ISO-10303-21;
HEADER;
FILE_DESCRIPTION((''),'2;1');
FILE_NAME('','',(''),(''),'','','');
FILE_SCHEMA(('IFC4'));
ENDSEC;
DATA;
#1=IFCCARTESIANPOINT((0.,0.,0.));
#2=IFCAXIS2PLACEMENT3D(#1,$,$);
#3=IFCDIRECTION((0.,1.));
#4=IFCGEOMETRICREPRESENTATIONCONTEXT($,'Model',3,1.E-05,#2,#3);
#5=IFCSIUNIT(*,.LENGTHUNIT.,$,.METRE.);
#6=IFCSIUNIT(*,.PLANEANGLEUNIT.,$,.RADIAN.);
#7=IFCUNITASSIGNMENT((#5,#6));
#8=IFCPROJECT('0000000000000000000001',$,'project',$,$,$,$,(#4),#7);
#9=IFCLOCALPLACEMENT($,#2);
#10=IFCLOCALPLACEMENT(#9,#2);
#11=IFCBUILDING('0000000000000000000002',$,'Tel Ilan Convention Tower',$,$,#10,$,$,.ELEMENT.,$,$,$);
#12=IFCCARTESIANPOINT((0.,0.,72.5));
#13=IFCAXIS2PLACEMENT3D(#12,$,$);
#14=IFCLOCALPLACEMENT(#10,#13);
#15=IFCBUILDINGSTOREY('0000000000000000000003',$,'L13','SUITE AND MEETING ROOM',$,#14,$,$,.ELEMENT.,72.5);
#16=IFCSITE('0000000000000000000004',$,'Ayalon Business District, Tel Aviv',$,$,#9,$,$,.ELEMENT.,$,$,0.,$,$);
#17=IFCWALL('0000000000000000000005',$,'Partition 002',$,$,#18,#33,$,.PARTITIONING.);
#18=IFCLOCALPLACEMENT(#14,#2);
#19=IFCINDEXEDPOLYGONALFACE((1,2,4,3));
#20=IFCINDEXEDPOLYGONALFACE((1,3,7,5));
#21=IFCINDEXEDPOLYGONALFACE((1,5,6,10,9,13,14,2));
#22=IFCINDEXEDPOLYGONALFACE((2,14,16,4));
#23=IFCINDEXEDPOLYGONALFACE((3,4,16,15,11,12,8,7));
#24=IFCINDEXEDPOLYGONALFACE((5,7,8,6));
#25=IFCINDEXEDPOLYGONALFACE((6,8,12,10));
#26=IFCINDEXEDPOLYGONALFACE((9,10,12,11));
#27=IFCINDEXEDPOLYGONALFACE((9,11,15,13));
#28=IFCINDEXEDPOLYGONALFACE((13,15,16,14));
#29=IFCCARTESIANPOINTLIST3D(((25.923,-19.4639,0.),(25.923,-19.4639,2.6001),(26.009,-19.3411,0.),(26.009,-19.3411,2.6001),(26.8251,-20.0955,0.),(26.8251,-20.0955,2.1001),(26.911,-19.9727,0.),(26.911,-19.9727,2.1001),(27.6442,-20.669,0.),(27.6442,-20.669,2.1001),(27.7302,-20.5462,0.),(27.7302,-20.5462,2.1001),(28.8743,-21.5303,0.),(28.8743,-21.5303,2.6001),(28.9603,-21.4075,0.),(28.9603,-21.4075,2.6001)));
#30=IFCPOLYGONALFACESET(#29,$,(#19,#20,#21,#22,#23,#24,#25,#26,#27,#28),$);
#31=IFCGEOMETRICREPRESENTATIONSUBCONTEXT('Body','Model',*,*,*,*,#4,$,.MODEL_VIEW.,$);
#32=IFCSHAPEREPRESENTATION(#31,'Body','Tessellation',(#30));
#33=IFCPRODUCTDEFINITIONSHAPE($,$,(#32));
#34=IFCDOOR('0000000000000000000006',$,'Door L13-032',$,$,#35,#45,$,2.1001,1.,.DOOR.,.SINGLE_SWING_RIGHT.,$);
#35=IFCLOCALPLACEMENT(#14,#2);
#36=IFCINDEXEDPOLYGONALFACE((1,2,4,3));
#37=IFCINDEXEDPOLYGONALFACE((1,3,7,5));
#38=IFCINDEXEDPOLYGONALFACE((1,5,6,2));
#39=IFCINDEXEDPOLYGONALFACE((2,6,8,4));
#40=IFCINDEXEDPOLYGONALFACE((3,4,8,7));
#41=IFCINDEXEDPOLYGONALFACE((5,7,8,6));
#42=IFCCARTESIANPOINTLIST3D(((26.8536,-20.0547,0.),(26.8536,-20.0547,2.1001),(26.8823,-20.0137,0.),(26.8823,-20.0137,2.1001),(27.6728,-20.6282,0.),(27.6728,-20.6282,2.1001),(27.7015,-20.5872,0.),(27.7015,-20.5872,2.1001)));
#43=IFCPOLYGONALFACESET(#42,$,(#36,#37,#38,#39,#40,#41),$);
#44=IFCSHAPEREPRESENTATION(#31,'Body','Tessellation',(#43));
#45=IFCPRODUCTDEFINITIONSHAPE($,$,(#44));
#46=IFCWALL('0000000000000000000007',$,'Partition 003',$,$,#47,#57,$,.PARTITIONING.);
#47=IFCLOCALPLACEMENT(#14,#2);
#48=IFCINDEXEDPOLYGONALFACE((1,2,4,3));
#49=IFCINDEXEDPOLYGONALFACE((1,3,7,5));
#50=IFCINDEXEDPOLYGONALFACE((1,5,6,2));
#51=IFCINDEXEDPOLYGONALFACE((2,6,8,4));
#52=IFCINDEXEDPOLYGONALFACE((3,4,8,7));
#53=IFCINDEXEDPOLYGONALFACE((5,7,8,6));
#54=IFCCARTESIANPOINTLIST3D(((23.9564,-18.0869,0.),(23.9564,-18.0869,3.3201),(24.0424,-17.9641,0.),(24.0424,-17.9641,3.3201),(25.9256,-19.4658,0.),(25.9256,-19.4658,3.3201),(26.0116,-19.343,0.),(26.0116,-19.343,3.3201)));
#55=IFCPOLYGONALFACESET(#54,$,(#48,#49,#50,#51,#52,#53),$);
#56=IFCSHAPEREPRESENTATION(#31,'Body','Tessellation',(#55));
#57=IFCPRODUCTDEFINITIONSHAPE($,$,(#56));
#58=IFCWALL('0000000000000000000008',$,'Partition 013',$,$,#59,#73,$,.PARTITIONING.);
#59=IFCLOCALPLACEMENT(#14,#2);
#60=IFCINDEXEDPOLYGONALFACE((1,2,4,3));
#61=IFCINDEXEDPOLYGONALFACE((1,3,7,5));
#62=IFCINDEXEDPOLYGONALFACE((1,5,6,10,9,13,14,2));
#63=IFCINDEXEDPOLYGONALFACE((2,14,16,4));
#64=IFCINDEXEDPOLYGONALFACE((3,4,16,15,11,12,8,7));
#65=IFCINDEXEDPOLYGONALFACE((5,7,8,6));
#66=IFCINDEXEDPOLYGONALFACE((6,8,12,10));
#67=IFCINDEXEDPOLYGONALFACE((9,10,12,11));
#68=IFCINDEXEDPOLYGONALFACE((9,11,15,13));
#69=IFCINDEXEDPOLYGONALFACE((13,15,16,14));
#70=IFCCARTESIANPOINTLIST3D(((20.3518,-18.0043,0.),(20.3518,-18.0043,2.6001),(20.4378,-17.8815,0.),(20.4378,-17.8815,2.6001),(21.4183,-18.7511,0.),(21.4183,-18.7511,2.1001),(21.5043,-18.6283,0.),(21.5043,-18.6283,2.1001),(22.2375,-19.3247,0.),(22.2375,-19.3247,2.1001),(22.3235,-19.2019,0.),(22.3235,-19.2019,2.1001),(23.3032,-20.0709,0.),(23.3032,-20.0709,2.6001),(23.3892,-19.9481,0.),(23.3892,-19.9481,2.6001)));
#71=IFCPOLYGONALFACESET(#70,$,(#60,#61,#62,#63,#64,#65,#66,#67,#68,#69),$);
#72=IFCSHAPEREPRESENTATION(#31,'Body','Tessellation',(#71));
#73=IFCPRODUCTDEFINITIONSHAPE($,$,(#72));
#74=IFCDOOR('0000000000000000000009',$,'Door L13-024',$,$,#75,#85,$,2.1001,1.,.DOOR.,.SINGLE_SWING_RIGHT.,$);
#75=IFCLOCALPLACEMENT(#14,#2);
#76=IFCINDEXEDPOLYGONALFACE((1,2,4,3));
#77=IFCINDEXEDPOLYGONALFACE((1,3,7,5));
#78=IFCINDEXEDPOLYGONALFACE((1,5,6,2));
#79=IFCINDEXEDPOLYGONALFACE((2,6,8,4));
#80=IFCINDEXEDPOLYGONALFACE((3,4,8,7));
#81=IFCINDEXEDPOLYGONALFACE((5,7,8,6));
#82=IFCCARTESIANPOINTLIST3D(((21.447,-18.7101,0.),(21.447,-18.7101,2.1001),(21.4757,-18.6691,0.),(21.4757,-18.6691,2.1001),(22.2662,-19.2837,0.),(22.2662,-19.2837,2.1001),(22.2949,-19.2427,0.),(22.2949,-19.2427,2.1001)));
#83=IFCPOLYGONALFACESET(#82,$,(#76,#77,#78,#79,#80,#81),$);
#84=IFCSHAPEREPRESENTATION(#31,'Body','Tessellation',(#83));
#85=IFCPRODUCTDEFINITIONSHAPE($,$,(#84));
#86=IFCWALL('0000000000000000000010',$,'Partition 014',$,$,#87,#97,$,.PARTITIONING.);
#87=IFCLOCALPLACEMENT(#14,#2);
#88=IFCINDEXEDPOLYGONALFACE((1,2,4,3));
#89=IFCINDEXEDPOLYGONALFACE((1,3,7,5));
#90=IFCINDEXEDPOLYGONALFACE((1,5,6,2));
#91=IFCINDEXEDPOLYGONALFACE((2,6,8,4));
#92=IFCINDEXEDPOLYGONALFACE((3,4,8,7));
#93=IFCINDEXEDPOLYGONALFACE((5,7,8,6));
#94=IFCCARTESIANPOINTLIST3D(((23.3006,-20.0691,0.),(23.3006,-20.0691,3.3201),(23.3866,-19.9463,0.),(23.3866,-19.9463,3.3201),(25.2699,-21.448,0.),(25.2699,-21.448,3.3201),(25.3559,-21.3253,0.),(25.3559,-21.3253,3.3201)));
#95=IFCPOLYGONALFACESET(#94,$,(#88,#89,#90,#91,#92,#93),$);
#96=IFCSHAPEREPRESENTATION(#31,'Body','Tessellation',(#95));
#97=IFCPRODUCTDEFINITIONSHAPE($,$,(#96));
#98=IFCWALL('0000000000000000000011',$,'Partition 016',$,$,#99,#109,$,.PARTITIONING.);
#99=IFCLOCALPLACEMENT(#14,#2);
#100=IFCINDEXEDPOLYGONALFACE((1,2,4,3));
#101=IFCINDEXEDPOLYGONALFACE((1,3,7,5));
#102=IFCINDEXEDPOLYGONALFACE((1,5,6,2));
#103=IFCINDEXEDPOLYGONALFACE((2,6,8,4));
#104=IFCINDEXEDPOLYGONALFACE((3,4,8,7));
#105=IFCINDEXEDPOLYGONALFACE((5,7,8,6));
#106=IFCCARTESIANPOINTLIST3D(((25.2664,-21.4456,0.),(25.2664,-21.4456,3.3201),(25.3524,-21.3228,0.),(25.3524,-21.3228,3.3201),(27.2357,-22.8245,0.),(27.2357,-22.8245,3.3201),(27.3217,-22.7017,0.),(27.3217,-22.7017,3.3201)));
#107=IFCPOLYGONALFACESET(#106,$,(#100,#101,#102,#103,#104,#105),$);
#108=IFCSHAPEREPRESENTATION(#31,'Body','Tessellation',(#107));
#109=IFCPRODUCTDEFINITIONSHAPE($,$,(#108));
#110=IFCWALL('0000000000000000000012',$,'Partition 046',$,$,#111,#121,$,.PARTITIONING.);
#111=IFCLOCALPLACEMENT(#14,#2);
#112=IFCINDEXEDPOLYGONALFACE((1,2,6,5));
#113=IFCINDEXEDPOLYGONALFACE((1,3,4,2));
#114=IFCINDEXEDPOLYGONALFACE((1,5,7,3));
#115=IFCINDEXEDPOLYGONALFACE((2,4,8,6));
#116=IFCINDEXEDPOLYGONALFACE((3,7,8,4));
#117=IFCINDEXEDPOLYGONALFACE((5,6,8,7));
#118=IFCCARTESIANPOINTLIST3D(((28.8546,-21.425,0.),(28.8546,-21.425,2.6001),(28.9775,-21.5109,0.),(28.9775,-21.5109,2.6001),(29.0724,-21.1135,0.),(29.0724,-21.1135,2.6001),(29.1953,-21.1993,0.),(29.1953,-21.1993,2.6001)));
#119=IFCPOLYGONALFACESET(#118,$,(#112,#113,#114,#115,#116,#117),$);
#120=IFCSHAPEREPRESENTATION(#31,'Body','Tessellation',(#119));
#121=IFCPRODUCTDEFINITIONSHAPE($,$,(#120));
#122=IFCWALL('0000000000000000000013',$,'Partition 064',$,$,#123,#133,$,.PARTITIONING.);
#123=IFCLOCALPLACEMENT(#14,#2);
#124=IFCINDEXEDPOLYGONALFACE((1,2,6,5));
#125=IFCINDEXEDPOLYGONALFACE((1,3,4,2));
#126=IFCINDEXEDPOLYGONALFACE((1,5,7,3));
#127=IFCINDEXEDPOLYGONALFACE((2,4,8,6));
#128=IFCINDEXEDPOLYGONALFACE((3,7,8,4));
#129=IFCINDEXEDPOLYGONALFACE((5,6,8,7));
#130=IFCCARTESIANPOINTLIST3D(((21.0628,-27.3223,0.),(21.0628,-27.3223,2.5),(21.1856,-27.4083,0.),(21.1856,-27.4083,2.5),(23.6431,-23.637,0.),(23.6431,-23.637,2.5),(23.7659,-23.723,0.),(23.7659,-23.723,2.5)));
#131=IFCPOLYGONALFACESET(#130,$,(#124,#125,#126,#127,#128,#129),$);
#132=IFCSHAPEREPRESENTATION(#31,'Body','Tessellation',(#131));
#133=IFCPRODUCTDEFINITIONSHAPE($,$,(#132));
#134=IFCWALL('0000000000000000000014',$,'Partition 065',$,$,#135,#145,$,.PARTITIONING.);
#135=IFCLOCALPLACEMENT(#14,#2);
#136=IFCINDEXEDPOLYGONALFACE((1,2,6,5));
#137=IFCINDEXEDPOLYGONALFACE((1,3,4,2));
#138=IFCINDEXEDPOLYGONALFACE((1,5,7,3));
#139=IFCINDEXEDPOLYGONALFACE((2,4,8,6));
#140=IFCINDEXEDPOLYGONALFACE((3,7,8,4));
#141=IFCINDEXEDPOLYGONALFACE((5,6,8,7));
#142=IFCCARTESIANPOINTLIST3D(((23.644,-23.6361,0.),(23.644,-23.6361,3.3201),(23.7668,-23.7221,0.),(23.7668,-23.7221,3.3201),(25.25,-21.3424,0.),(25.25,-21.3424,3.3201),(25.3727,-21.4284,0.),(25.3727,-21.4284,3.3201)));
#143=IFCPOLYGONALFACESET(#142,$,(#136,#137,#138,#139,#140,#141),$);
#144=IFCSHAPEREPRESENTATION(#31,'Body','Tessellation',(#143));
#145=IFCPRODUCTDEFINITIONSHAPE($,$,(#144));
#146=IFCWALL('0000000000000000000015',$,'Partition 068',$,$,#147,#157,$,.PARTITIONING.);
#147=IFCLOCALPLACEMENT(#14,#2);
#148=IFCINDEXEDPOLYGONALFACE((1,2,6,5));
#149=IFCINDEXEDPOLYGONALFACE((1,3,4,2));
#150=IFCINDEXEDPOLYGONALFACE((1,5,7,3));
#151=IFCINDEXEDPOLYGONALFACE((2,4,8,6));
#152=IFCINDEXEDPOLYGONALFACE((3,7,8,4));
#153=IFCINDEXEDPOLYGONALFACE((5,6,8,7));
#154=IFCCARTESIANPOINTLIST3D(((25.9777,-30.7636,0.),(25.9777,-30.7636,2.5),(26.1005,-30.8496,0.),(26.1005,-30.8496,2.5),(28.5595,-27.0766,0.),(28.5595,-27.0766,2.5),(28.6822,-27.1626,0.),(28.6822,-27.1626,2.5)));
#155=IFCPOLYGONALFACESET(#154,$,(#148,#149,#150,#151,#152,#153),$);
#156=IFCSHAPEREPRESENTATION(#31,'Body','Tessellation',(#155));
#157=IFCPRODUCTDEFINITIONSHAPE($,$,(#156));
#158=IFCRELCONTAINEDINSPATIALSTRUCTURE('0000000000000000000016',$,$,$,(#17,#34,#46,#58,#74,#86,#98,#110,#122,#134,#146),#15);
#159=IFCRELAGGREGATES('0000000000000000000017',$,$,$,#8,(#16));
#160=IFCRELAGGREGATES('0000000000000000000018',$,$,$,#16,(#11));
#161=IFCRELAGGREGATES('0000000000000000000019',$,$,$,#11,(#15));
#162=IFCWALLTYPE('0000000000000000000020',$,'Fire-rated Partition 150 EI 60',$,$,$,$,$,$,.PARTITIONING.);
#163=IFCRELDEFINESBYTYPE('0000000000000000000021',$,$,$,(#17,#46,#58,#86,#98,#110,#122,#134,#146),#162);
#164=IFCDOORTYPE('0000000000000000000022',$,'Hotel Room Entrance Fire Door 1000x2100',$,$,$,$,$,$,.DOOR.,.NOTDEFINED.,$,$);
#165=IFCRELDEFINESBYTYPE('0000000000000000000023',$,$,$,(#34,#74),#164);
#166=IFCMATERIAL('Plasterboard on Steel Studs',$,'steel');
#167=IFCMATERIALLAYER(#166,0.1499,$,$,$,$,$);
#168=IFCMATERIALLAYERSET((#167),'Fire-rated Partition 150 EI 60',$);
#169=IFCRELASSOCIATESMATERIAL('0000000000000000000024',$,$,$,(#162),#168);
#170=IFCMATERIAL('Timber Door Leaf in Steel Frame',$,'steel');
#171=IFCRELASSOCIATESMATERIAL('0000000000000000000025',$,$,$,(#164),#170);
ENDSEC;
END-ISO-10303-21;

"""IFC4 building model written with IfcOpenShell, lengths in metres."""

from ifc_helpers import new_model, si_unit, direction, frame, frame_2d, origin, place, context, subcontext, project, spatial, rectangle, extrude, material, layer, layer_set, type_object, element, fill, save


model = new_model("IFC4")

# Units and contexts
model_context = context("Model", 3, precision=1e-05, world=origin(), true_north=direction((0.0, 1.0)))
body_context = subcontext(model_context, "Body", "Model", "MODEL_VIEW")
ifc_project = project(units=[si_unit("LENGTHUNIT", "METRE"), si_unit("PLANEANGLEUNIT", "RADIAN")], contexts=[model_context])

# Site, building, storey
site_placement = place(None, origin())
site = spatial("IfcSite", under=ifc_project, at=site_placement, Name="Ayalon Business District, Tel Aviv", CompositionType="ELEMENT", RefElevation=0.0)
building_placement = place(site_placement, origin())
building = spatial("IfcBuilding", under=site, at=building_placement, Name="Tel Ilan Convention Tower", CompositionType="ELEMENT")
storey_placement = place(building_placement, frame((0.0, 0.0, 72.5)))
storey = spatial("IfcBuildingStorey", under=building, at=storey_placement, Name="L13", Description="SUITE AND MEETING ROOM", CompositionType="ELEMENT", Elevation=72.5)

# Wall, opening, door
ifc_material_1 = material(Name="Plasterboard on Steel Studs", Category="steel")
ifc_layer_1 = layer(ifc_material_1, 0.1499)
ifc_layer_set_1 = layer_set([ifc_layer_1], Name="Fire-rated Partition 150 EI 60")
wall_type_1 = type_object("IfcWallType", Name="Fire-rated Partition 150 EI 60", PredefinedType="PARTITIONING", material=ifc_layer_set_1)
wall_1_placement = place(storey_placement, frame((25.9661, -19.4026, 0.0), z_axis=(0.0, 0.0, 1.0), x_axis=(0.819178, -0.57354, 0.0)))
wall_1 = element("IfcWall", 1, at=wall_1_placement, inside=storey, type_object=wall_type_1, Name="Partition 002", PredefinedType="PARTITIONING", context=body_context, shape_type="SweptSolid", body=[
    extrude(rectangle(XDim=3.6028, YDim=0.1499, at=frame_2d((1.8013, 0.0))), origin(), (0.0, 0.0, 1.0), 2.6001),
])
opening_1_placement = place(wall_1_placement, frame((1.1011, 0.0, 0.0)))
opening_1 = element("IfcOpeningElement", 2, at=opening_1_placement, cuts=wall_1, PredefinedType="OPENING", context=body_context, shape_type="SweptSolid", body=[
    extrude(rectangle(XDim=1.0, YDim=2.1001, at=frame_2d((0.5, 1.05))), frame((0.0, 0.085, 0.0), z_axis=(0.0, -1.0, 0.0), x_axis=(1.0, 0.0, 0.0)), (0.0, 0.0, 1.0), 0.1699),
])
ifc_material_2 = material(Name="Timber Door Leaf in Steel Frame", Category="steel")
door_type_1 = type_object("IfcDoorType", Name="Hotel Room Entrance Fire Door 1000x2100", OperationType="NOTDEFINED", PredefinedType="DOOR", material=ifc_material_2)
door_1_placement = place(opening_1_placement, origin())
door_1 = element("IfcDoor", 3, at=door_1_placement, inside=storey, type_object=door_type_1, Name="Door L13-032", OperationType="SINGLE_SWING_RIGHT", OverallHeight=2.1001, OverallWidth=1.0, PredefinedType="DOOR", context=body_context, shape_type="SweptSolid", body=[
    extrude(rectangle(XDim=1.0, YDim=2.1001, at=frame_2d((0.5, 1.05))), frame((0.0, 0.0249, 0.0), z_axis=(0.0, -1.0, 0.0), x_axis=(1.0, 0.0, 0.0)), (0.0, 0.0, 1.0), 0.05),
])
fill(opening_1, door_1)

# Wall
wall_2_placement = place(storey_placement, frame((23.9993, -18.0254, 0.0), z_axis=(0.0, 0.0, 1.0), x_axis=(0.819146, -0.573585, 0.0)))
element("IfcWall", 4, at=wall_2_placement, inside=storey, type_object=wall_type_1, Name="Partition 003", PredefinedType="PARTITIONING", context=body_context, shape_type="SweptSolid", body=[
    extrude(rectangle(XDim=2.4041, YDim=0.1499, at=frame_2d((1.2021, 0.0))), origin(), (0.0, 0.0, 1.0), 3.3201),
])

# Wall, opening, door
wall_3_placement = place(storey_placement, frame((23.3462, -20.0095, 0.0), z_axis=(0.0, 0.0, 1.0), x_axis=(-0.819146, 0.573585, 0.0)))
wall_3 = element("IfcWall", 5, at=wall_3_placement, inside=storey, type_object=wall_type_1, Name="Partition 013", PredefinedType="PARTITIONING", context=body_context, shape_type="SweptSolid", body=[
    extrude(rectangle(XDim=3.603, YDim=0.1499, at=frame_2d((1.8015, 0.0))), origin(), (0.0, 0.0, 1.0), 2.6001),
])
opening_2_placement = place(wall_3_placement, frame((1.301, 0.0, 0.0)))
opening_2 = element("IfcOpeningElement", 6, at=opening_2_placement, cuts=wall_3, PredefinedType="OPENING", context=body_context, shape_type="SweptSolid", body=[
    extrude(rectangle(XDim=1.0, YDim=2.1001, at=frame_2d((0.5, 1.05))), frame((0.0, 0.085, 0.0), z_axis=(0.0, -1.0, 0.0), x_axis=(1.0, 0.0, 0.0)), (0.0, 0.0, 1.0), 0.1699),
])
door_2_placement = place(opening_2_placement, origin())
door_2 = element("IfcDoor", 7, at=door_2_placement, inside=storey, type_object=door_type_1, Name="Door L13-024", OperationType="SINGLE_SWING_RIGHT", OverallHeight=2.1001, OverallWidth=1.0, PredefinedType="DOOR", context=body_context, shape_type="SweptSolid", body=[
    extrude(rectangle(XDim=1.0, YDim=2.1001, at=frame_2d((0.5, 1.05))), frame((0.0, 0.0249, 0.0), z_axis=(0.0, -1.0, 0.0), x_axis=(1.0, 0.0, 0.0)), (0.0, 0.0, 1.0), 0.05),
])
fill(opening_2, door_2)

# Walls
for number, where, z_axis, x_axis, name in (
    (8, (25.313, -21.3867, 0.0), (0.0, 0.0, 1.0), (-0.819146, 0.573585, 0.0), "Partition 014"),
    (9, (27.2788, -22.7632, 0.0), (0.0, 0.0, 1.0), (-0.819146, 0.573585, 0.0), "Partition 016"),
):
    element("IfcWall", number, at=place(storey_placement, frame(where, z_axis=z_axis, x_axis=x_axis)), inside=storey, type_object=wall_type_1, Name=name, PredefinedType="PARTITIONING", context=body_context, shape_type="SweptSolid", body=[
        extrude(rectangle(XDim=2.4041, YDim=0.1499, at=frame_2d((1.2021, 0.0))), origin(), (0.0, 0.0, 1.0), 3.3201),
    ])
wall_4_placement = place(storey_placement, frame((29.1338, -21.1565, 0.0), z_axis=(0.0, 0.0, 1.0), x_axis=(-0.572945, -0.819594, 0.0)))
element("IfcWall", 10, at=wall_4_placement, inside=storey, type_object=wall_type_1, Name="Partition 046", PredefinedType="PARTITIONING", context=body_context, shape_type="SweptSolid", body=[
    extrude(rectangle(XDim=0.3801, YDim=0.1499, at=frame_2d((0.1899, 0.0))), origin(), (0.0, 0.0, 1.0), 2.6001),
])
wall_5_placement = place(storey_placement, frame((23.7046, -23.6799, 0.0), z_axis=(0.0, 0.0, 1.0), x_axis=(-0.573553, -0.819168, 0.0)))
element("IfcWall", 11, at=wall_5_placement, inside=storey, type_object=wall_type_1, Name="Partition 064", PredefinedType="PARTITIONING", context=body_context, shape_type="SweptSolid", body=[
    extrude(rectangle(XDim=4.4988, YDim=0.1499, at=frame_2d((2.2495, 0.0))), origin(), (0.0, 0.0, 1.0), 2.5),
])
wall_6_placement = place(storey_placement, frame((25.3113, -21.3855, 0.0), z_axis=(0.0, 0.0, 1.0), x_axis=(-0.57355, -0.81917, 0.0)))
element("IfcWall", 12, at=wall_6_placement, inside=storey, type_object=wall_type_1, Name="Partition 065", PredefinedType="PARTITIONING", context=body_context, shape_type="SweptSolid", body=[
    extrude(rectangle(XDim=2.8, YDim=0.1499, at=frame_2d((1.3999, 0.0))), origin(), (0.0, 0.0, 1.0), 3.3201),
])
wall_7_placement = place(storey_placement, frame((28.6208, -27.1196, 0.0), z_axis=(0.0, 0.0, 1.0), x_axis=(-0.573593, -0.81914, 0.0)))
element("IfcWall", 13, at=wall_7_placement, inside=storey, type_object=wall_type_1, Name="Partition 068", PredefinedType="PARTITIONING", context=body_context, shape_type="SweptSolid", body=[
    extrude(rectangle(XDim=4.501, YDim=0.1499, at=frame_2d((2.2505, 0.0))), origin(), (0.0, 0.0, 1.0), 2.5),
])

save(model, "model.ifc")
